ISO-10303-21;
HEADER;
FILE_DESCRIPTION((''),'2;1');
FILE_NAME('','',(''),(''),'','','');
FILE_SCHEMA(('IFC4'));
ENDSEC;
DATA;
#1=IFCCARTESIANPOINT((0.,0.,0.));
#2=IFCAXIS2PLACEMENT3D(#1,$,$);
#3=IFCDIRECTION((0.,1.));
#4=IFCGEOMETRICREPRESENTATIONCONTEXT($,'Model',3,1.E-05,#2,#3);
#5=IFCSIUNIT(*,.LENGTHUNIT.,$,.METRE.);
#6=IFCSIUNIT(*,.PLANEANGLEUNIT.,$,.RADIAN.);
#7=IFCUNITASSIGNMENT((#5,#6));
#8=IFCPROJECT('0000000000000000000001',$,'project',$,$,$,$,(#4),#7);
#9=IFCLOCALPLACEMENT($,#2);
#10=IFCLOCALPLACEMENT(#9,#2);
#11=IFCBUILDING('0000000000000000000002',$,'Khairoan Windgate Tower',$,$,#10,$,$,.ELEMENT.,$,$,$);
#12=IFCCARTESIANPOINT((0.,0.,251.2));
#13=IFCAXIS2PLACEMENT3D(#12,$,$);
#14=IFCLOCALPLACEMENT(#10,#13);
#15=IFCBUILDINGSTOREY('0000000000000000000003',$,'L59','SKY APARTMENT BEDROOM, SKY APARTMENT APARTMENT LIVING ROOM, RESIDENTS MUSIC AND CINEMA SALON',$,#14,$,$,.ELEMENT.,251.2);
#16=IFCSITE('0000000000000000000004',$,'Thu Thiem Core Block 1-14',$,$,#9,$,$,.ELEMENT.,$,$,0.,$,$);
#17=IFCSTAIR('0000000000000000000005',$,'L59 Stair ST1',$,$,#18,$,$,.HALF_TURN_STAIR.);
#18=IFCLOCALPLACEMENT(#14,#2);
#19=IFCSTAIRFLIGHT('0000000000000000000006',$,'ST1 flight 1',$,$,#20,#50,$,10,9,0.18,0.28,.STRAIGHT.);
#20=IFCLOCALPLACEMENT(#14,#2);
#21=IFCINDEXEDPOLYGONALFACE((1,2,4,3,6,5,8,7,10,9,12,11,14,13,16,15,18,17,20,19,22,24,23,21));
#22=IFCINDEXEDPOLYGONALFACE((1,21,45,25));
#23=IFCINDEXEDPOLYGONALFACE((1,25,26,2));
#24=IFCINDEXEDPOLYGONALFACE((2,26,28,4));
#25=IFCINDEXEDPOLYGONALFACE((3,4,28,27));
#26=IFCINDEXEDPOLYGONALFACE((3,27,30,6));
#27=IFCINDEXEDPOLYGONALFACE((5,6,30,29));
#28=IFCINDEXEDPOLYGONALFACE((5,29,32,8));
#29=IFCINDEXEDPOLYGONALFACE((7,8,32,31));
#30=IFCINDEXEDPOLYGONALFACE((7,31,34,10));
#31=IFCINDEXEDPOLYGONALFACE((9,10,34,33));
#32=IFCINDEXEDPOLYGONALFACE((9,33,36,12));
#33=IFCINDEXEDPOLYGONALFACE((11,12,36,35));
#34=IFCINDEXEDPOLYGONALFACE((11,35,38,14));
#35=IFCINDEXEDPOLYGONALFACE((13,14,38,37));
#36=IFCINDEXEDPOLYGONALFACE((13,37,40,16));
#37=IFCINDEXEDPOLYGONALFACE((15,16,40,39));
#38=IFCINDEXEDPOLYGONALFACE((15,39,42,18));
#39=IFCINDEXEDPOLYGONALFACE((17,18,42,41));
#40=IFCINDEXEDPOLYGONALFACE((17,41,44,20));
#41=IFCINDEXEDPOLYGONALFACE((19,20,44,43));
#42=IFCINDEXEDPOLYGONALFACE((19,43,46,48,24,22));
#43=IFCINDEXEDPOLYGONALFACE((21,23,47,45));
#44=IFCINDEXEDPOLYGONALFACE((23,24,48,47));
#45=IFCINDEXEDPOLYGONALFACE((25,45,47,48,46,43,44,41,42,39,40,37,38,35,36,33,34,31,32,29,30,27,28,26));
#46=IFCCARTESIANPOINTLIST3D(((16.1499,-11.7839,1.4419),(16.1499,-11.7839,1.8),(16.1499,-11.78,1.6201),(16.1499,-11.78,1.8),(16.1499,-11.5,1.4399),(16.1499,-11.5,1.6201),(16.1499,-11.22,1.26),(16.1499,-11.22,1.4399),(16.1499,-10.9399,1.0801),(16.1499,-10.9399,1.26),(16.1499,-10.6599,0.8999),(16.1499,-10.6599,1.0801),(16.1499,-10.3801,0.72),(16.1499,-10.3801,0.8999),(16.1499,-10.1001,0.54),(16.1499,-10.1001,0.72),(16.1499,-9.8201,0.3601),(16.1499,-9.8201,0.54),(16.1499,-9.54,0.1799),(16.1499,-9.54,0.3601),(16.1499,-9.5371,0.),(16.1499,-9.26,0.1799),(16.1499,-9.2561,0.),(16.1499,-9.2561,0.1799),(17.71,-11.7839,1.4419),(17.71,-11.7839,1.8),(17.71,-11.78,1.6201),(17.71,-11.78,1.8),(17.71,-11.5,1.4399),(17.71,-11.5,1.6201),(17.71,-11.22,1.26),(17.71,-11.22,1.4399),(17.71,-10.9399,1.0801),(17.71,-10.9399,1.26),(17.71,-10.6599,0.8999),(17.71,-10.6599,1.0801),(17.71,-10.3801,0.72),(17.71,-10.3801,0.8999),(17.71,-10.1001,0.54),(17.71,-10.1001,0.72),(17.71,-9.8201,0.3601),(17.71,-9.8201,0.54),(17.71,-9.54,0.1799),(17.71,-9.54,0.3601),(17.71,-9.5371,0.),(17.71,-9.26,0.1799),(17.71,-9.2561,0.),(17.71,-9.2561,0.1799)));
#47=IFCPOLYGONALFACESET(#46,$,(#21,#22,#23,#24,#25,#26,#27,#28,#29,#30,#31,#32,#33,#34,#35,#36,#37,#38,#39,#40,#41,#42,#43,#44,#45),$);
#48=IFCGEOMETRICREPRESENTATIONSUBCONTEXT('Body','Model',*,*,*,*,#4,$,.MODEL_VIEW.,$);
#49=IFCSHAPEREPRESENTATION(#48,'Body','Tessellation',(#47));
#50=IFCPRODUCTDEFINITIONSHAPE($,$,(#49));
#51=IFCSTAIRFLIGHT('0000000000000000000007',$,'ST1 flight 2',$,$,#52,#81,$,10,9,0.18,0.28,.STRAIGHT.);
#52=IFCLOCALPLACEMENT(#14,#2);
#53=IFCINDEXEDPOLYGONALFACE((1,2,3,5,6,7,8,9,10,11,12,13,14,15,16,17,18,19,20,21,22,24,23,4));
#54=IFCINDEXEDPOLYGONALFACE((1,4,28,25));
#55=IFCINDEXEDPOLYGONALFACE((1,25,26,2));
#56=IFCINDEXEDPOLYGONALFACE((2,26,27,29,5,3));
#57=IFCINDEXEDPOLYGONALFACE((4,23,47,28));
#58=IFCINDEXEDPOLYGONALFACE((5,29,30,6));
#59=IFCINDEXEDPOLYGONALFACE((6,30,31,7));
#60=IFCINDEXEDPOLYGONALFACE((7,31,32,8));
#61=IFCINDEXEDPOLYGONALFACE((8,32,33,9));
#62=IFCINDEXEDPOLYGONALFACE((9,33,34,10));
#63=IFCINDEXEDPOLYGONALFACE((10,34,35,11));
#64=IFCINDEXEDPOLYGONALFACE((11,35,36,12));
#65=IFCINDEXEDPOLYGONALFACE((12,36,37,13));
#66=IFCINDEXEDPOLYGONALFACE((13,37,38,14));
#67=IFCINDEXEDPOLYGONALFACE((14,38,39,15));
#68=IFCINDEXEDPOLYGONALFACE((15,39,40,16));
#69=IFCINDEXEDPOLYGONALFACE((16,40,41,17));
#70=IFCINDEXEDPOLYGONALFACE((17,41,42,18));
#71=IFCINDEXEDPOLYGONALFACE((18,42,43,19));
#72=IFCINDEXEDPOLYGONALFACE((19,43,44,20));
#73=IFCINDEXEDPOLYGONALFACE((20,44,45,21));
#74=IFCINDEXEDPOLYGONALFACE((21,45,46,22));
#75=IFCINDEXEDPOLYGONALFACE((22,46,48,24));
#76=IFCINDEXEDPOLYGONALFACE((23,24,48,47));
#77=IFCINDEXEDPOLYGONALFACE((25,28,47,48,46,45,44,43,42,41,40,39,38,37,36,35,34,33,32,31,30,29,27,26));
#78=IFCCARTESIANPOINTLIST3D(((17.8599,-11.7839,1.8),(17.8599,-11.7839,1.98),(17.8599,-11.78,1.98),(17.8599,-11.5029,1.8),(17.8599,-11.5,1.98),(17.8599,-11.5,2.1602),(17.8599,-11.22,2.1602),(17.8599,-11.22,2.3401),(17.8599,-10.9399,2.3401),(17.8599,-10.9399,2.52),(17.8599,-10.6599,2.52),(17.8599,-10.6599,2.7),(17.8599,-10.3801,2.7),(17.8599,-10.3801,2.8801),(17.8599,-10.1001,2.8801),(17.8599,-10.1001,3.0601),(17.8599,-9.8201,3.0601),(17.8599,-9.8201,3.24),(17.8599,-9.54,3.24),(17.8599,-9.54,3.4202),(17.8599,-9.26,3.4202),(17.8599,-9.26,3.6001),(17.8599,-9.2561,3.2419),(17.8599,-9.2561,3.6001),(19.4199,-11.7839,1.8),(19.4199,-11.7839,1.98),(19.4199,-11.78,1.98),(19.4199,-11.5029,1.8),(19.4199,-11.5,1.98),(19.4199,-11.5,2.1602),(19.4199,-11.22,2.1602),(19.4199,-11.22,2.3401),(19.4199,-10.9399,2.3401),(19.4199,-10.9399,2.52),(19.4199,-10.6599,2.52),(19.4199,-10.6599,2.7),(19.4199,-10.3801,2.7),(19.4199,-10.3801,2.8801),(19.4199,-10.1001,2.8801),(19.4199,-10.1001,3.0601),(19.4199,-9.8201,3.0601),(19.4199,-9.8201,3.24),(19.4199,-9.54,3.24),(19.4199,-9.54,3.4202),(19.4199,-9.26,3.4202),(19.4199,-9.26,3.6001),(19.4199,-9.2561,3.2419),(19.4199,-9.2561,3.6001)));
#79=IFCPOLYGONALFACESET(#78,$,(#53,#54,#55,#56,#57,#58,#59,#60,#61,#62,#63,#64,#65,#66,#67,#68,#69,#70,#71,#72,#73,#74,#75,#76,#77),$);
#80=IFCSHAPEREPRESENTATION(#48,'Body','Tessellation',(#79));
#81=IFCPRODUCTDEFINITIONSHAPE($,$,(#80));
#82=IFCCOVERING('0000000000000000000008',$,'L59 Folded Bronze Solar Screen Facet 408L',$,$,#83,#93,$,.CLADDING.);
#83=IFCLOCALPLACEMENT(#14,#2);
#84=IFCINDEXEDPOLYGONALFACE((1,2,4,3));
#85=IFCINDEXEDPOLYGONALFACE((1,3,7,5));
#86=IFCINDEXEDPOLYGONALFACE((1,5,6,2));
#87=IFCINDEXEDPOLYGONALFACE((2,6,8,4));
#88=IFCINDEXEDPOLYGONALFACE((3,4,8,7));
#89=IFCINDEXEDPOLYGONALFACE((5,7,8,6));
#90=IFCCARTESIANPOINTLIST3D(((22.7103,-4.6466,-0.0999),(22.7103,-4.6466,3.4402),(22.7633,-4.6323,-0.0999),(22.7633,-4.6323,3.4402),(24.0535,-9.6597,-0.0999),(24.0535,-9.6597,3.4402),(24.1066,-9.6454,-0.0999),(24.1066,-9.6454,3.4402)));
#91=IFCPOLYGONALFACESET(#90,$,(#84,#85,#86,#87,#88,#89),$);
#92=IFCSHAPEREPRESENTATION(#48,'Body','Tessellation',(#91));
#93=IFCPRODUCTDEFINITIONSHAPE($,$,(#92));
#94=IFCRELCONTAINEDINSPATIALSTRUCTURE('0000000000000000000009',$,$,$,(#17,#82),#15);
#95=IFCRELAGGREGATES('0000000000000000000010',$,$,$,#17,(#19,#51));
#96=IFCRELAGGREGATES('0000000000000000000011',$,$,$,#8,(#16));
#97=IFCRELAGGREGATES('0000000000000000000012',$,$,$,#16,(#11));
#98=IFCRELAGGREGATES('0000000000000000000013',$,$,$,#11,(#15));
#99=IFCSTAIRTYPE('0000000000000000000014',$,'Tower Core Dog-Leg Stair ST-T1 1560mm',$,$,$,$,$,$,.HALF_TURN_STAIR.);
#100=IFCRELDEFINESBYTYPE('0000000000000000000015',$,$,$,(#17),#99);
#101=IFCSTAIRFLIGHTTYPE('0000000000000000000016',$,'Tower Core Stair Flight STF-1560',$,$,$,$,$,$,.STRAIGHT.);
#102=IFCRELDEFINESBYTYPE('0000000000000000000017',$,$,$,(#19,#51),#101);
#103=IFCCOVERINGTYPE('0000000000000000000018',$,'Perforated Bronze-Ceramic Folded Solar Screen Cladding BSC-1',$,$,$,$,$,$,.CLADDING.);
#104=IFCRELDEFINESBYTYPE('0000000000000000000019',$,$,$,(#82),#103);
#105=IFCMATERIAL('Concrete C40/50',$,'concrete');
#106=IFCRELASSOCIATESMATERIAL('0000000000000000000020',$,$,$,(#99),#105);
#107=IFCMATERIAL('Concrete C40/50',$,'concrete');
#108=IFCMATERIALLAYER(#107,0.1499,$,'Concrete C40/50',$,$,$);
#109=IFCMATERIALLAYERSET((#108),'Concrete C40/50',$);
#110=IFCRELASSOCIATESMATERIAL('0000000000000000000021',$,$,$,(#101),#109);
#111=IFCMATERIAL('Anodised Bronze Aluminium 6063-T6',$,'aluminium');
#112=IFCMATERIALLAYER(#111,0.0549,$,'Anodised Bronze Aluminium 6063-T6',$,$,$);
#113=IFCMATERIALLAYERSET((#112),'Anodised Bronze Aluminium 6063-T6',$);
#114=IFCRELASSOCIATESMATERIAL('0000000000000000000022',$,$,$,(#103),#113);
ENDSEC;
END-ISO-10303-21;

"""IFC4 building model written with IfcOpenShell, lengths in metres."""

from ifc_helpers import new_model, si_unit, direction, frame, origin, origin_2d, place, context, subcontext, project, spatial, polyline, rectangle, outline, extrude, material, layer, layer_set, type_object, element, aggregate, save


model = new_model("IFC4")

# Units and contexts
model_context = context("Model", 3, precision=1e-05, world=origin(), true_north=direction((0.0, 1.0)))
body_context = subcontext(model_context, "Body", "Model", "MODEL_VIEW")
ifc_project = project(units=[si_unit("LENGTHUNIT", "METRE"), si_unit("PLANEANGLEUNIT", "RADIAN")], contexts=[model_context])

# Site, building, storey
site_placement = place(None, origin())
site = spatial("IfcSite", under=ifc_project, at=site_placement, Name="Thu Thiem Core Block 1-14", CompositionType="ELEMENT", RefElevation=0.0)
building_placement = place(site_placement, origin())
building = spatial("IfcBuilding", under=site, at=building_placement, Name="Khairoan Windgate Tower", CompositionType="ELEMENT")
storey_placement = place(building_placement, frame((0.0, 0.0, 251.2)))
storey = spatial("IfcBuildingStorey", under=building, at=storey_placement, Name="L59", Description="SKY APARTMENT BEDROOM, SKY APARTMENT APARTMENT LIVING ROOM, RESIDENTS MUSIC AND CINEMA SALON", CompositionType="ELEMENT", Elevation=251.2)

# Stair, stair flights
ifc_material_1 = material(Name="Concrete C40/50", Category="concrete")
stair_type = type_object("IfcStairType", Name="Tower Core Dog-Leg Stair ST-T1 1560mm", PredefinedType="HALF_TURN_STAIR", material=ifc_material_1)
stair_placement = place(storey_placement, origin())
stair = element("IfcStair", 1, at=stair_placement, inside=storey, type_object=stair_type, Name="L59 Stair ST1", PredefinedType="HALF_TURN_STAIR")
ifc_material_2 = material(Name="Concrete C40/50", Category="concrete")
ifc_layer_1 = layer(ifc_material_2, 0.1499, Name="Concrete C40/50")
ifc_layer_set_1 = layer_set([ifc_layer_1], Name="Concrete C40/50")
stair_flight_type = type_object("IfcStairFlightType", Name="Tower Core Stair Flight STF-1560", PredefinedType="STRAIGHT", material=ifc_layer_set_1)
stair_flight_1_placement = place(storey_placement, frame((16.9299, -9.26, 0.0), z_axis=(0.0, 0.0, 1.0), x_axis=(0.0, -1.0, 0.0)))
stair_flight_1 = element("IfcStairFlight", 2, at=stair_flight_1_placement, type_object=stair_flight_type, Name="ST1 flight 1", NumberOfRisers=10, NumberOfTreads=9, PredefinedType="STRAIGHT", RiserHeight=0.18, TreadLength=0.28, context=body_context, shape_type="SweptSolid", body=[
    extrude(outline(polyline([(-0.0039, 0.0), (-0.0039, 0.1799), (0.0, 0.1799), (0.28, 0.1799), (0.28, 0.3601), (0.5601, 0.3601), (0.5601, 0.54), (0.8401, 0.54), (0.8401, 0.72), (1.1201, 0.72), (1.1201, 0.8999), (1.3999, 0.8999), (1.3999, 1.0801), (1.6799, 1.0801), (1.6799, 1.26), (1.96, 1.26), (1.96, 1.4399), (2.24, 1.4399), (2.24, 1.6201), (2.52, 1.6201), (2.52, 1.8), (2.5239, 1.8), (2.5239, 1.4419), (0.2771, 0.0), (-0.0039, 0.0)])), frame((0.0, 0.78, 0.0), z_axis=(0.0, -1.0, 0.0), x_axis=(1.0, 0.0, 0.0)), (0.0, 0.0, 1.0), 1.5601),
])
stair_flight_2_placement = place(storey_placement, frame((18.6399, -11.78, 1.8), z_axis=(0.0, 0.0, 1.0), x_axis=(0.0, 1.0, 0.0)))
stair_flight_2 = element("IfcStairFlight", 3, at=stair_flight_2_placement, type_object=stair_flight_type, Name="ST1 flight 2", NumberOfRisers=10, NumberOfTreads=9, PredefinedType="STRAIGHT", RiserHeight=0.18, TreadLength=0.28, context=body_context, shape_type="SweptSolid", body=[
    extrude(outline(polyline([(-0.0039, 0.0), (-0.0039, 0.1799), (0.0, 0.1799), (0.28, 0.1799), (0.28, 0.3601), (0.5601, 0.3601), (0.5601, 0.54), (0.8401, 0.54), (0.8401, 0.72), (1.1201, 0.72), (1.1201, 0.8999), (1.3999, 0.8999), (1.3999, 1.0801), (1.6799, 1.0801), (1.6799, 1.26), (1.96, 1.26), (1.96, 1.4399), (2.24, 1.4399), (2.24, 1.6201), (2.52, 1.6201), (2.52, 1.8), (2.5239, 1.8), (2.5239, 1.4419), (0.2771, 0.0), (-0.0039, 0.0)])), frame((0.0, 0.78, 0.0), z_axis=(0.0, -1.0, 0.0), x_axis=(1.0, 0.0, 0.0)), (0.0, 0.0, 1.0), 1.5601),
])
aggregate(stair, [stair_flight_1, stair_flight_2])

# Covering
ifc_material_3 = material(Name="Anodised Bronze Aluminium 6063-T6", Category="aluminium")
ifc_layer_2 = layer(ifc_material_3, 0.0549, Name="Anodised Bronze Aluminium 6063-T6")
ifc_layer_set_2 = layer_set([ifc_layer_2], Name="Anodised Bronze Aluminium 6063-T6")
covering_type = type_object("IfcCoveringType", Name="Perforated Bronze-Ceramic Folded Solar Screen Cladding BSC-1", PredefinedType="CLADDING", material=ifc_layer_set_2)
covering_placement = place(storey_placement, frame((23.4084, -7.146, -0.0999), z_axis=(0.0, 0.0, 1.0), x_axis=(0.258819, -0.965926, 0.0)))
element("IfcCovering", 4, at=covering_placement, inside=storey, type_object=covering_type, Name="L59 Folded Bronze Solar Screen Facet 408L", PredefinedType="CLADDING", context=body_context, shape_type="SweptSolid", body=[
    extrude(rectangle(XDim=5.1899, YDim=0.0549, at=origin_2d()), origin(), (0.0, 0.0, 1.0), 3.54),
])

save(model, "model.ifc")
